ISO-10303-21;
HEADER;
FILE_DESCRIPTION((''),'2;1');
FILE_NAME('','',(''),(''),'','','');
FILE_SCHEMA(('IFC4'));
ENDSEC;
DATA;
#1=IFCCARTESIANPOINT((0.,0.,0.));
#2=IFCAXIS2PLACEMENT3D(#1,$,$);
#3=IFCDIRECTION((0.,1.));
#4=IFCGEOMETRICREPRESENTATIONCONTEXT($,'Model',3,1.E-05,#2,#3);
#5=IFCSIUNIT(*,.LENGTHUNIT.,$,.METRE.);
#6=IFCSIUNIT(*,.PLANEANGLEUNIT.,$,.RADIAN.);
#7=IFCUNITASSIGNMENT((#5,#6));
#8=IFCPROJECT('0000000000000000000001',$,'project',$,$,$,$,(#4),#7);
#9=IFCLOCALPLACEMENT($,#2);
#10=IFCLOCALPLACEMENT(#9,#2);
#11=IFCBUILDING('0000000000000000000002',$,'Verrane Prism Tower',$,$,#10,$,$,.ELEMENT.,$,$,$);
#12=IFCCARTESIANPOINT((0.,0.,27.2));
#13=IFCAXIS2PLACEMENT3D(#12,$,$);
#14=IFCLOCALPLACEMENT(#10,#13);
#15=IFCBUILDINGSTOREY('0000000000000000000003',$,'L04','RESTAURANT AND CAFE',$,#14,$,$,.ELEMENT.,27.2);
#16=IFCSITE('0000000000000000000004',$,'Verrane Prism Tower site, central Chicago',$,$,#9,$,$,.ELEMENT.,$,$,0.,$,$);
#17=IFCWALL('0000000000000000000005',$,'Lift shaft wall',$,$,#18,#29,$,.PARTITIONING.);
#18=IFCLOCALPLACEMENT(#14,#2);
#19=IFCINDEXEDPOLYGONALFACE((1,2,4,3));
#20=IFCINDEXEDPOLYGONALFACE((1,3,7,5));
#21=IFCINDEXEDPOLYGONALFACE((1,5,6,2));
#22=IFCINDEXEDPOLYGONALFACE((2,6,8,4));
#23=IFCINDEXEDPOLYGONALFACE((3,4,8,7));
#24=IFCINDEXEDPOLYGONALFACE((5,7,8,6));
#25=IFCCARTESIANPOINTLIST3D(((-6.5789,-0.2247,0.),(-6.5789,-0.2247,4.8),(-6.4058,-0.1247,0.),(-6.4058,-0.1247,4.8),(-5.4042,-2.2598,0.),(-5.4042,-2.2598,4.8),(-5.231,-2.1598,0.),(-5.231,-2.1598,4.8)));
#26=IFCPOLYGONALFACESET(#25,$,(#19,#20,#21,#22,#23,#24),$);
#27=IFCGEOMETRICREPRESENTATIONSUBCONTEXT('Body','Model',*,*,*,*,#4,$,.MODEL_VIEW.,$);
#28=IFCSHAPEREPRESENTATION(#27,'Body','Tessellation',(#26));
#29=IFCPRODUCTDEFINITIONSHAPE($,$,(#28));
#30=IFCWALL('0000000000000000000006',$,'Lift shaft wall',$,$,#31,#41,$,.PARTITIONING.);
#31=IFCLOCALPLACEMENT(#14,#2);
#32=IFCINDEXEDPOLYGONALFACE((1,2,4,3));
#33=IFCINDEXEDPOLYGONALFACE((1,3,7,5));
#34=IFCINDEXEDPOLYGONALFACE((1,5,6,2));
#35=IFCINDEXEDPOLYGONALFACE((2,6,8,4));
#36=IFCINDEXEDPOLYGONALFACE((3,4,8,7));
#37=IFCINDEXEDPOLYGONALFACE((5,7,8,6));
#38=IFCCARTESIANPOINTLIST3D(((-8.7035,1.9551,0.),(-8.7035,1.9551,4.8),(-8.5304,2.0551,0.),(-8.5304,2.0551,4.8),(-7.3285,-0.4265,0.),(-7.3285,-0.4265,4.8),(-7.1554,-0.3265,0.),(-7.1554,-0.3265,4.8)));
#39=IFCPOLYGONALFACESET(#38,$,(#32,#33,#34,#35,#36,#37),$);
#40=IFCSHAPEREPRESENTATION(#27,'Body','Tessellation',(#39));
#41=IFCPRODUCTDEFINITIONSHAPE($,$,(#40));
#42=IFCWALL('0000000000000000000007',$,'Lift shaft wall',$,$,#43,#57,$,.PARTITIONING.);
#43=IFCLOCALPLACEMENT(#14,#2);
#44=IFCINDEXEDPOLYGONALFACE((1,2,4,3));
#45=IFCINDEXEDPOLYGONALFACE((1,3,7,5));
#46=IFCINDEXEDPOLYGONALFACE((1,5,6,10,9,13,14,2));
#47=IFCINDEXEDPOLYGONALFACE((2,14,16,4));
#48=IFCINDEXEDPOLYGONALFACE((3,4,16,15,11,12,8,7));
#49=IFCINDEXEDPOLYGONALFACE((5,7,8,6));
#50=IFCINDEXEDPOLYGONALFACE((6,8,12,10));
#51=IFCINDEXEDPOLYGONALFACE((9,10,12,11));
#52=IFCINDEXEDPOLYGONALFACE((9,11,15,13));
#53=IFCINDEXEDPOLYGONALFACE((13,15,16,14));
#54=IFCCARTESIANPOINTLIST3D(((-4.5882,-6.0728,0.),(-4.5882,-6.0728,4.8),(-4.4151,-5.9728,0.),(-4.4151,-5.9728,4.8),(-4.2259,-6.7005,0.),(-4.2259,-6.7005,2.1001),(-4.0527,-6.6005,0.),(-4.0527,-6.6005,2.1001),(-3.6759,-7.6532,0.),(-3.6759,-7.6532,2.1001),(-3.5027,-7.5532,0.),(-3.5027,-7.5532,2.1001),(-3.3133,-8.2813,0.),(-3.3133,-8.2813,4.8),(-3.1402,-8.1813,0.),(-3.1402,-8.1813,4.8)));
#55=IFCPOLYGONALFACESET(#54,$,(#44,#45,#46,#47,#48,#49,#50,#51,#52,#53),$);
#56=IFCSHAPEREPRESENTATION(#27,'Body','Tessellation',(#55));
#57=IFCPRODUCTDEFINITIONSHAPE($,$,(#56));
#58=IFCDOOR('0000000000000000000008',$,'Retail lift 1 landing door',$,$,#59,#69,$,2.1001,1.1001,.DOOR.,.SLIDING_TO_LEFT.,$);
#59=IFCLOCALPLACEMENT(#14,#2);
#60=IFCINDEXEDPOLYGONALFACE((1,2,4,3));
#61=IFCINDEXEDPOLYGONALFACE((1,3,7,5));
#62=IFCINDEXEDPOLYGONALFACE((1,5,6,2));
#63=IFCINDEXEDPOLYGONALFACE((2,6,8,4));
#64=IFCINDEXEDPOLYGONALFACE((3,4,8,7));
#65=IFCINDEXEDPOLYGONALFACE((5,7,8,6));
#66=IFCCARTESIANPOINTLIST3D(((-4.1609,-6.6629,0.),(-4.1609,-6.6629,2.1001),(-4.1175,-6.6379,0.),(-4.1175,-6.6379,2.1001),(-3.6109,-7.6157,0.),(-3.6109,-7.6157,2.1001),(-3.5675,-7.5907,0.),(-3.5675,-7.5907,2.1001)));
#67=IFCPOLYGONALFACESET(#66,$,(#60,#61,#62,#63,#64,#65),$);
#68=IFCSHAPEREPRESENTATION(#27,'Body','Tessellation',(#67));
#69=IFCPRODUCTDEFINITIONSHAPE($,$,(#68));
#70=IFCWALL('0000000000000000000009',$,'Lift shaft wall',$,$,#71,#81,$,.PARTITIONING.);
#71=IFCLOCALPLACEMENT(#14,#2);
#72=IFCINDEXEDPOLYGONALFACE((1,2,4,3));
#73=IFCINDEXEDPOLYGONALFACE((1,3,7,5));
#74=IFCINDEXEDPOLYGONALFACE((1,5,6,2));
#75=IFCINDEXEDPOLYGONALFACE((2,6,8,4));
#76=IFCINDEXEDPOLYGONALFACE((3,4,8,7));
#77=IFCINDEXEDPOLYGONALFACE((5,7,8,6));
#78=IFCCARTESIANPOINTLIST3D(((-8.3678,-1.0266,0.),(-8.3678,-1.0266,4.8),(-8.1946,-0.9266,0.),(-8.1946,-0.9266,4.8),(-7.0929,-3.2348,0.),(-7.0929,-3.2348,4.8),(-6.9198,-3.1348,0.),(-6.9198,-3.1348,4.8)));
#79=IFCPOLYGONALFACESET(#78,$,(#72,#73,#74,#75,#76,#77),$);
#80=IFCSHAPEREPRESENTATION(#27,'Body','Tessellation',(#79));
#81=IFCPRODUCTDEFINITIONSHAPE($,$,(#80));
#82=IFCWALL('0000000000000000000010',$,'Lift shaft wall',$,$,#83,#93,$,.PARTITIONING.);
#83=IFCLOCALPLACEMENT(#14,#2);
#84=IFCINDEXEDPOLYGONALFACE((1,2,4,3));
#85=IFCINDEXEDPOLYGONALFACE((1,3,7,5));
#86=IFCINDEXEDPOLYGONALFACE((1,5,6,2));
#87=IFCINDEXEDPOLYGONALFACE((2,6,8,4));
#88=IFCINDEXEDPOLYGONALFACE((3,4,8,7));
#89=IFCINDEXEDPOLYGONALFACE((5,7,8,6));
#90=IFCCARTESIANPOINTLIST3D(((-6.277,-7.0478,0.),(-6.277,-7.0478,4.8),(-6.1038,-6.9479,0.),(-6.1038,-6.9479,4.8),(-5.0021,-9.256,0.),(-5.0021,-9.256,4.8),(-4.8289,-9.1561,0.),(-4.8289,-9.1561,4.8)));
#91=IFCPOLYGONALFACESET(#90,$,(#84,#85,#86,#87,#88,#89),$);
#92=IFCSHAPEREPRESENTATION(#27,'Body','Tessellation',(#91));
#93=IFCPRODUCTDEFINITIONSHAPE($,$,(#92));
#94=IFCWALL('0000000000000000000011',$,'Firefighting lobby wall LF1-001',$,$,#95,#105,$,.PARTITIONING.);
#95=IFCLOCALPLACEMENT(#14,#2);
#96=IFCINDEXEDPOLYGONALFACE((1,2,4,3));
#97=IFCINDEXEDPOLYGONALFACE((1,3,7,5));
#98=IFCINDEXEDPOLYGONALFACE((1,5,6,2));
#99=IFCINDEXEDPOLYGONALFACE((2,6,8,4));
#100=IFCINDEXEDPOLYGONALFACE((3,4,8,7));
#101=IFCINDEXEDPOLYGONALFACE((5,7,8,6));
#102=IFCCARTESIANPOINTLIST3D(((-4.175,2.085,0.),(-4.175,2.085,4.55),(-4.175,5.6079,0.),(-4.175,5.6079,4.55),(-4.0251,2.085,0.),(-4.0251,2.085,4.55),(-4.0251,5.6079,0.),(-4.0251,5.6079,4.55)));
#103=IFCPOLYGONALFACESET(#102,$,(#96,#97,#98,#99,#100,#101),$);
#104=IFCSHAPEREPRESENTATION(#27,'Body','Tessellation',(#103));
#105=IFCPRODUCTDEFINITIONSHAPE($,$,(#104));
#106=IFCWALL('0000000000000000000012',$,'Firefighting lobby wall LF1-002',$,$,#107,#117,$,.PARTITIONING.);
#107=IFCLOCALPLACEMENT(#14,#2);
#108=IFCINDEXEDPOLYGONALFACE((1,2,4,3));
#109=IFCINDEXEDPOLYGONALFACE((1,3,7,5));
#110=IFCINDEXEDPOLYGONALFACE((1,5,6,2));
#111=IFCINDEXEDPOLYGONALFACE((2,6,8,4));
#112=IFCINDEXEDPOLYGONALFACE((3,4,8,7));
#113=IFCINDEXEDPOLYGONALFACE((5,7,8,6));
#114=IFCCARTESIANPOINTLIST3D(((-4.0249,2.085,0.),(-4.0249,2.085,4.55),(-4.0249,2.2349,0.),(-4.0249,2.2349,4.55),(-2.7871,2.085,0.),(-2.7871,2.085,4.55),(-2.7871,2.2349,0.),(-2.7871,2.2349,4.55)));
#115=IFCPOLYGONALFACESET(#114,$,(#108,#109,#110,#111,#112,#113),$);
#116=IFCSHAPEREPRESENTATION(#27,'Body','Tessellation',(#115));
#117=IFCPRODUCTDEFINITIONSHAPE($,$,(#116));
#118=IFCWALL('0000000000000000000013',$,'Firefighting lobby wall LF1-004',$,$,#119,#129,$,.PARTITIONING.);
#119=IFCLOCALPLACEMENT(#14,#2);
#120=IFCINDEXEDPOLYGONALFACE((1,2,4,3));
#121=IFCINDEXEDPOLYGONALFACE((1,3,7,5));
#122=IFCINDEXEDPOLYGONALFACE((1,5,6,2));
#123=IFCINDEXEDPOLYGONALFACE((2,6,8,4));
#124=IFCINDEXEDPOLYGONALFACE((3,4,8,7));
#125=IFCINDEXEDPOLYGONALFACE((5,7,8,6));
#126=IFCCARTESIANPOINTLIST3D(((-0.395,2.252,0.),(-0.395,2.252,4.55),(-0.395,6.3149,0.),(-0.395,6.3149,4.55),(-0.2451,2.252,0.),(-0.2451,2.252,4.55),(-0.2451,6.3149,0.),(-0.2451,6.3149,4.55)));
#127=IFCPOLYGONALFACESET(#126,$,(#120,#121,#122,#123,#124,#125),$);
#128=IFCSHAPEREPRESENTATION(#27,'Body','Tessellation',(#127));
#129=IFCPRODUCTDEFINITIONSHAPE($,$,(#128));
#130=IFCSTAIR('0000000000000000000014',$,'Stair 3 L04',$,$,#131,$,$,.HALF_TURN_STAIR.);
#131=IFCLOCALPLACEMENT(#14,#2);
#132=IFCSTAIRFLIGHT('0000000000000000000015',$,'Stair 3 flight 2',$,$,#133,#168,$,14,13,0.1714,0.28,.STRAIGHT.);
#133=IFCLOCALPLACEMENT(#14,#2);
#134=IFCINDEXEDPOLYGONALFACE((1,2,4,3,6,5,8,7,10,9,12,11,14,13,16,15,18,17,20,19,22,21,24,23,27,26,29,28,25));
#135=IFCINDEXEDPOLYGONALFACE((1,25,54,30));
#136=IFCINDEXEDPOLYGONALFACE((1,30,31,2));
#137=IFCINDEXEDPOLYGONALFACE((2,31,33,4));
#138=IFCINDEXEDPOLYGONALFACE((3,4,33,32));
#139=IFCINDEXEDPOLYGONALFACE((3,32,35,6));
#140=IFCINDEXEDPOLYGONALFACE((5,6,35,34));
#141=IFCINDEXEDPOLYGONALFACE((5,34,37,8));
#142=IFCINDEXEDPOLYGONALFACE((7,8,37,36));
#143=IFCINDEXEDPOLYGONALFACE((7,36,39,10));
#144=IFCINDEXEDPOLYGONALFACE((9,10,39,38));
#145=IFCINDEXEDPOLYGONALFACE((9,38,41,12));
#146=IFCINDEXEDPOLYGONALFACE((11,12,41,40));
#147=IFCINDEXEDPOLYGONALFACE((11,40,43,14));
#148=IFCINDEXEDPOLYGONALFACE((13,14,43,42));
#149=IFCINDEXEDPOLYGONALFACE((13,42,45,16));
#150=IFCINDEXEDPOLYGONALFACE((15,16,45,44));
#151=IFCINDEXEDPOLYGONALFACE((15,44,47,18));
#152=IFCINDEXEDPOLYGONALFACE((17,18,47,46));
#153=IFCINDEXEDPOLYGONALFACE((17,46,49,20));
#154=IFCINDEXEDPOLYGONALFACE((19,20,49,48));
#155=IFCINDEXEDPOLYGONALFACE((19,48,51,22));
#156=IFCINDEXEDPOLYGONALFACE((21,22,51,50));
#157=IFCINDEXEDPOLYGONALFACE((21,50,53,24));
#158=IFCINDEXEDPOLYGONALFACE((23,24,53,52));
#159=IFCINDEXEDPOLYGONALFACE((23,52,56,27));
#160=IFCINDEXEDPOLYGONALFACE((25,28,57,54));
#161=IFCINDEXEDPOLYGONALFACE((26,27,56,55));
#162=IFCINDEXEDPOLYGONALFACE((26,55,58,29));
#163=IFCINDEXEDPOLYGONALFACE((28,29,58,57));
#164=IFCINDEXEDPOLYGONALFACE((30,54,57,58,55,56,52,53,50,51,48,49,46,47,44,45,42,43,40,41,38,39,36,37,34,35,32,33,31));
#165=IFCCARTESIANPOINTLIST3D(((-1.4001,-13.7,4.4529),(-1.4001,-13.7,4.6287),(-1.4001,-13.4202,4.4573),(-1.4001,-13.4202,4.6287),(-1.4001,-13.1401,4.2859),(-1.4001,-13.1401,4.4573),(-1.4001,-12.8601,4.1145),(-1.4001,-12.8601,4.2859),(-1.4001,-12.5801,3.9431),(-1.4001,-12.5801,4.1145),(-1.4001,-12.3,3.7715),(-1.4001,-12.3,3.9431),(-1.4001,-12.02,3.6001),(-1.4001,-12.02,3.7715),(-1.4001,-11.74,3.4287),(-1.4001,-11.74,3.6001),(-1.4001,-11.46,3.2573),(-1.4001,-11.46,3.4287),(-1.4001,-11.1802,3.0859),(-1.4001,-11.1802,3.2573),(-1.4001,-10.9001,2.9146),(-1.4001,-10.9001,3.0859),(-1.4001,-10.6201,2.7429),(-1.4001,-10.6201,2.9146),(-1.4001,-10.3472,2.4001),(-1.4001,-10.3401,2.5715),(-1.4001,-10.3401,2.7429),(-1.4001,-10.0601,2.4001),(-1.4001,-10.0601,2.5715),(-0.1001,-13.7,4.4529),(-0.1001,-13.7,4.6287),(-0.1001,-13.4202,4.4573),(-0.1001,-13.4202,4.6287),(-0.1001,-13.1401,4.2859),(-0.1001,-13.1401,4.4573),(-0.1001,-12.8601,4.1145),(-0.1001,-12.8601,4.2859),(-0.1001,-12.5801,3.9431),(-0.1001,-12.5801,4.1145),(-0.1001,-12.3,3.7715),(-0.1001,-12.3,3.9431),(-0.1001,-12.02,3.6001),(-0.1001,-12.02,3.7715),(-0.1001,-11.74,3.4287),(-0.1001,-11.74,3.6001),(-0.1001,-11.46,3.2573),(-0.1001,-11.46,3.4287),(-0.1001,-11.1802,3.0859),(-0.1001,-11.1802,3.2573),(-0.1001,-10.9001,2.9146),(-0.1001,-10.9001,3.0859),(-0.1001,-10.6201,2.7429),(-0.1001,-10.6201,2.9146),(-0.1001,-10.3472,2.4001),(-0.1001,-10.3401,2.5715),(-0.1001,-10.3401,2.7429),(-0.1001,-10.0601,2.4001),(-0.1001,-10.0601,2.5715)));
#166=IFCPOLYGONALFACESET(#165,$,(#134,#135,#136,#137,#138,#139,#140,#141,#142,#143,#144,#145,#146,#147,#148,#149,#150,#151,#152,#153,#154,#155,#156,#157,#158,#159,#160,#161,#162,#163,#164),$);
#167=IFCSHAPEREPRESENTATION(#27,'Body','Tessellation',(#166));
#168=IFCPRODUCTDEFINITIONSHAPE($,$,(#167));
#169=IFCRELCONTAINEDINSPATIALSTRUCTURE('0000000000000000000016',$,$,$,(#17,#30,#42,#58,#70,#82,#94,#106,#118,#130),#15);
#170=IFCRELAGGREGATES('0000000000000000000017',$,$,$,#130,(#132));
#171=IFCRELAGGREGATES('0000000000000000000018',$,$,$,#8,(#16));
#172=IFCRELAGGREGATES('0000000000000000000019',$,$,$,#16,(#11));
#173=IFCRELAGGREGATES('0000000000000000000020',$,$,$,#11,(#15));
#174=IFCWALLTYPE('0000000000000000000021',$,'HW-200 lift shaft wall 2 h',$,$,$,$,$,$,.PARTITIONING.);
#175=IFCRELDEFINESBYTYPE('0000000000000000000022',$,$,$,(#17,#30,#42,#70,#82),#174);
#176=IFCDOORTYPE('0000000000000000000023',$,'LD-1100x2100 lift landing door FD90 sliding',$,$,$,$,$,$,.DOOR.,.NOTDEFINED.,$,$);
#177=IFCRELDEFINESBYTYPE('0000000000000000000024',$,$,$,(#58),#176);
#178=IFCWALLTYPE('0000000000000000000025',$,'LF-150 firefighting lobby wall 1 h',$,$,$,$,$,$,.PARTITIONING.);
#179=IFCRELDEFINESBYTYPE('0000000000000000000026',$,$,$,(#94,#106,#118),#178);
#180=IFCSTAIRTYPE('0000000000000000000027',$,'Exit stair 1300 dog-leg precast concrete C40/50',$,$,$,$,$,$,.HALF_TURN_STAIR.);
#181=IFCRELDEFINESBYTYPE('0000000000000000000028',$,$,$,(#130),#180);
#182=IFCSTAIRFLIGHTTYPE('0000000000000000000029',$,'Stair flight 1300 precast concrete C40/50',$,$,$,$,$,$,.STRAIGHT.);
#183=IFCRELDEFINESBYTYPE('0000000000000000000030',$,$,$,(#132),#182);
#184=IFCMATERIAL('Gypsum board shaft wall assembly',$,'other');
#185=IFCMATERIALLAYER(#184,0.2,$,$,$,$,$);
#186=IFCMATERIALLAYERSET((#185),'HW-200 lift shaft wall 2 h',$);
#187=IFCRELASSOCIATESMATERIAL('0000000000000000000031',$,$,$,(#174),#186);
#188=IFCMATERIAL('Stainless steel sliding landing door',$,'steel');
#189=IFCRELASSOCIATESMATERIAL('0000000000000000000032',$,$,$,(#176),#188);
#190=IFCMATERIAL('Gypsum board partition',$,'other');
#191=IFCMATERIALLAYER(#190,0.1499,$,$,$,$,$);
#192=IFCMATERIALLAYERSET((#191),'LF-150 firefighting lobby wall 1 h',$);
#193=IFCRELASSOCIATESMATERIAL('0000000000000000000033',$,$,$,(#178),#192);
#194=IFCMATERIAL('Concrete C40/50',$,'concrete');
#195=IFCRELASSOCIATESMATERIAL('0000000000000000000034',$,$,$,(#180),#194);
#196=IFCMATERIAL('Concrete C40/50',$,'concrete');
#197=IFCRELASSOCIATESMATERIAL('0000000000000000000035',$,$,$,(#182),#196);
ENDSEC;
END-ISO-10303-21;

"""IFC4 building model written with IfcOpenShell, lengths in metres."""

from ifc_helpers import new_model, si_unit, direction, frame, frame_2d, origin, place, context, subcontext, project, spatial, polyline, rectangle, outline, extrude, material, layer, layer_set, type_object, element, fill, aggregate, save


model = new_model("IFC4")

# Units and contexts
model_context = context("Model", 3, precision=1e-05, world=origin(), true_north=direction((0.0, 1.0)))
body_context = subcontext(model_context, "Body", "Model", "MODEL_VIEW")
ifc_project = project(units=[si_unit("LENGTHUNIT", "METRE"), si_unit("PLANEANGLEUNIT", "RADIAN")], contexts=[model_context])

# Site, building, storey
site_placement = place(None, origin())
site = spatial("IfcSite", under=ifc_project, at=site_placement, Name="Verrane Prism Tower site, central Chicago", CompositionType="ELEMENT", RefElevation=0.0)
building_placement = place(site_placement, origin())
building = spatial("IfcBuilding", under=site, at=building_placement, Name="Verrane Prism Tower", CompositionType="ELEMENT")
storey_placement = place(building_placement, frame((0.0, 0.0, 27.2)))
storey = spatial("IfcBuildingStorey", under=building, at=storey_placement, Name="L04", Description="RESTAURANT AND CAFE", CompositionType="ELEMENT", Elevation=27.2)

# Shared definitions
ifc_material_1 = material(Name="Gypsum board shaft wall assembly", Category="other")
ifc_layer_1 = layer(ifc_material_1, 0.2)
ifc_layer_set_1 = layer_set([ifc_layer_1], Name="HW-200 lift shaft wall 2 h")
wall_type_1 = type_object("IfcWallType", Name="HW-200 lift shaft wall 2 h", PredefinedType="PARTITIONING", material=ifc_layer_set_1)

# Shared definitions
ifc_material_2 = material(Name="Stainless steel sliding landing door", Category="steel")
door_type = type_object("IfcDoorType", Name="LD-1100x2100 lift landing door FD90 sliding", OperationType="NOTDEFINED", PredefinedType="DOOR", material=ifc_material_2)

# Walls
wall_1_placement = place(storey_placement, frame((-5.3176, -2.2097, 0.0), z_axis=(0.0, 0.0, 1.0), x_axis=(-0.499938, 0.866061, 0.0)))
element("IfcWall", 1, at=wall_1_placement, inside=storey, type_object=wall_type_1, Name="Lift shaft wall", PredefinedType="PARTITIONING", context=body_context, shape_type="SweptSolid", body=[
    extrude(rectangle(XDim=2.3499, YDim=0.2, at=frame_2d((1.1748, 0.0))), origin(), (0.0, 0.0, 1.0), 4.8),
])
wall_2_placement = place(storey_placement, frame((-7.2419, -0.3765, 0.0), z_axis=(0.0, 0.0, 1.0), x_axis=(-0.499997, 0.866027, 0.0)))
element("IfcWall", 2, at=wall_2_placement, inside=storey, type_object=wall_type_1, Name="Lift shaft wall", PredefinedType="PARTITIONING", context=body_context, shape_type="SweptSolid", body=[
    extrude(rectangle(XDim=2.75, YDim=0.2, at=frame_2d((1.375, 0.0))), origin(), (0.0, 0.0, 1.0), 4.8),
])

# Wall, opening, door
wall_3_placement = place(storey_placement, frame((-3.2268, -8.2312, 0.0), z_axis=(0.0, 0.0, 1.0), x_axis=(-0.499949, 0.866055, 0.0)))
wall_3 = element("IfcWall", 3, at=wall_3_placement, inside=storey, type_object=wall_type_1, Name="Lift shaft wall", PredefinedType="PARTITIONING", context=body_context, shape_type="SweptSolid", body=[
    extrude(rectangle(XDim=2.55, YDim=0.2, at=frame_2d((1.2749, 0.0))), origin(), (0.0, 0.0, 1.0), 4.8),
])
opening_1_placement = place(wall_3_placement, frame((0.7251, 0.0, 0.0)))
opening_1 = element("IfcOpeningElement", 4, at=opening_1_placement, cuts=wall_3, PredefinedType="OPENING", context=body_context, shape_type="SweptSolid", body=[
    extrude(rectangle(XDim=1.1001, YDim=2.1001, at=frame_2d((0.55, 1.05))), frame((0.0, 0.1099, 0.0), z_axis=(0.0, -1.0, 0.0), x_axis=(1.0, 0.0, 0.0)), (0.0, 0.0, 1.0), 0.22),
])
door_1_placement = place(opening_1_placement, origin())
door_1 = element("IfcDoor", 5, at=door_1_placement, inside=storey, type_object=door_type, Name="Retail lift 1 landing door", OperationType="SLIDING_TO_LEFT", OverallHeight=2.1001, OverallWidth=1.1001, PredefinedType="DOOR", context=body_context, shape_type="SweptSolid", body=[
    extrude(rectangle(XDim=1.1001, YDim=2.1001, at=frame_2d((0.55, 1.05))), frame((0.0, 0.0249, 0.0), z_axis=(0.0, -1.0, 0.0), x_axis=(1.0, 0.0, 0.0)), (0.0, 0.0, 1.0), 0.05),
])
fill(opening_1, door_1)

# Walls
for number, where, z_axis, x_axis, name in (
    (6, (-7.0063, -3.1848, 0.0), (0.0, 0.0, 1.0), (-0.49999, 0.866031, 0.0), "Lift shaft wall"),
    (7, (-4.9155, -9.2061, 0.0), (0.0, 0.0, 1.0), (-0.49999, 0.866031, 0.0), "Lift shaft wall"),
):
    element("IfcWall", number, at=place(storey_placement, frame(where, z_axis=z_axis, x_axis=x_axis)), inside=storey, type_object=wall_type_1, Name=name, PredefinedType="PARTITIONING", context=body_context, shape_type="SweptSolid", body=[
        extrude(rectangle(XDim=2.5498, YDim=0.2, at=frame_2d((1.2749, 0.0))), origin(), (0.0, 0.0, 1.0), 4.8),
    ])
ifc_material_3 = material(Name="Gypsum board partition", Category="other")
ifc_layer_2 = layer(ifc_material_3, 0.1499)
ifc_layer_set_2 = layer_set([ifc_layer_2], Name="LF-150 firefighting lobby wall 1 h")
wall_type_2 = type_object("IfcWallType", Name="LF-150 firefighting lobby wall 1 h", PredefinedType="PARTITIONING", material=ifc_layer_set_2)
wall_4_placement = place(storey_placement, frame((-4.1001, 2.085, 0.0), z_axis=(0.0, 0.0, 1.0), x_axis=(0.0, 1.0, 0.0)))
element("IfcWall", 8, at=wall_4_placement, inside=storey, type_object=wall_type_2, Name="Firefighting lobby wall LF1-001", PredefinedType="PARTITIONING", context=body_context, shape_type="SweptSolid", body=[
    extrude(rectangle(XDim=3.5229, YDim=0.1499, at=frame_2d((1.7615, 0.0))), origin(), (0.0, 0.0, 1.0), 4.55),
])
wall_5_placement = place(storey_placement, frame((-4.0249, 2.1599, 0.0), z_axis=(0.0, 0.0, 1.0), x_axis=(1.0, 0.0, 0.0)))
element("IfcWall", 9, at=wall_5_placement, inside=storey, type_object=wall_type_2, Name="Firefighting lobby wall LF1-002", PredefinedType="PARTITIONING", context=body_context, shape_type="SweptSolid", body=[
    extrude(rectangle(XDim=1.2378, YDim=0.1499, at=frame_2d((0.6189, 0.0))), origin(), (0.0, 0.0, 1.0), 4.55),
])
wall_6_placement = place(storey_placement, frame((-0.3201, 2.252, 0.0), z_axis=(0.0, 0.0, 1.0), x_axis=(0.0, 1.0, 0.0)))
element("IfcWall", 10, at=wall_6_placement, inside=storey, type_object=wall_type_2, Name="Firefighting lobby wall LF1-004", PredefinedType="PARTITIONING", context=body_context, shape_type="SweptSolid", body=[
    extrude(rectangle(XDim=4.063, YDim=0.1499, at=frame_2d((2.0315, 0.0))), origin(), (0.0, 0.0, 1.0), 4.55),
])

# Stair, stair flight
ifc_material_4 = material(Name="Concrete C40/50", Category="concrete")
stair_type = type_object("IfcStairType", Name="Exit stair 1300 dog-leg precast concrete C40/50", PredefinedType="HALF_TURN_STAIR", material=ifc_material_4)
stair_placement = place(storey_placement, origin())
stair = element("IfcStair", 11, at=stair_placement, inside=storey, type_object=stair_type, Name="Stair 3 L04", PredefinedType="HALF_TURN_STAIR")
ifc_material_5 = material(Name="Concrete C40/50", Category="concrete")
stair_flight_type = type_object("IfcStairFlightType", Name="Stair flight 1300 precast concrete C40/50", PredefinedType="STRAIGHT", material=ifc_material_5)
stair_flight_placement = place(storey_placement, frame((-0.75, -10.0601, 2.4001), z_axis=(0.0, 0.0, 1.0), x_axis=(0.0, -1.0, 0.0)))
stair_flight = element("IfcStairFlight", 12, at=stair_flight_placement, type_object=stair_flight_type, Name="Stair 3 flight 2", NumberOfRisers=14, NumberOfTreads=13, PredefinedType="STRAIGHT", RiserHeight=0.1714, TreadLength=0.28, context=body_context, shape_type="SweptSolid", body=[
    extrude(outline(polyline([(0.0, 0.0), (0.0, 0.1714), (0.28, 0.1714), (0.28, 0.3428), (0.5601, 0.3428), (0.5601, 0.5144), (0.8401, 0.5144), (0.8401, 0.6858), (1.1201, 0.6858), (1.1201, 0.8572), (1.3999, 0.8572), (1.3999, 1.0286), (1.6799, 1.0286), (1.6799, 1.2), (1.96, 1.2), (1.96, 1.3713), (2.24, 1.3713), (2.24, 1.543), (2.52, 1.543), (2.52, 1.7144), (2.8, 1.7144), (2.8, 1.8857), (3.0801, 1.8857), (3.0801, 2.0571), (3.3601, 2.0571), (3.3601, 2.2285), (3.6399, 2.2285), (3.6399, 2.3999), (3.6399, 2.0527), (0.2871, 0.0), (0.0, 0.0)])), frame((0.0, 0.6499, 0.0), z_axis=(0.0, -1.0, 0.0), x_axis=(1.0, 0.0, 0.0)), (0.0, 0.0, 1.0), 1.3),
])
aggregate(stair, [stair_flight])

save(model, "model.ifc")
